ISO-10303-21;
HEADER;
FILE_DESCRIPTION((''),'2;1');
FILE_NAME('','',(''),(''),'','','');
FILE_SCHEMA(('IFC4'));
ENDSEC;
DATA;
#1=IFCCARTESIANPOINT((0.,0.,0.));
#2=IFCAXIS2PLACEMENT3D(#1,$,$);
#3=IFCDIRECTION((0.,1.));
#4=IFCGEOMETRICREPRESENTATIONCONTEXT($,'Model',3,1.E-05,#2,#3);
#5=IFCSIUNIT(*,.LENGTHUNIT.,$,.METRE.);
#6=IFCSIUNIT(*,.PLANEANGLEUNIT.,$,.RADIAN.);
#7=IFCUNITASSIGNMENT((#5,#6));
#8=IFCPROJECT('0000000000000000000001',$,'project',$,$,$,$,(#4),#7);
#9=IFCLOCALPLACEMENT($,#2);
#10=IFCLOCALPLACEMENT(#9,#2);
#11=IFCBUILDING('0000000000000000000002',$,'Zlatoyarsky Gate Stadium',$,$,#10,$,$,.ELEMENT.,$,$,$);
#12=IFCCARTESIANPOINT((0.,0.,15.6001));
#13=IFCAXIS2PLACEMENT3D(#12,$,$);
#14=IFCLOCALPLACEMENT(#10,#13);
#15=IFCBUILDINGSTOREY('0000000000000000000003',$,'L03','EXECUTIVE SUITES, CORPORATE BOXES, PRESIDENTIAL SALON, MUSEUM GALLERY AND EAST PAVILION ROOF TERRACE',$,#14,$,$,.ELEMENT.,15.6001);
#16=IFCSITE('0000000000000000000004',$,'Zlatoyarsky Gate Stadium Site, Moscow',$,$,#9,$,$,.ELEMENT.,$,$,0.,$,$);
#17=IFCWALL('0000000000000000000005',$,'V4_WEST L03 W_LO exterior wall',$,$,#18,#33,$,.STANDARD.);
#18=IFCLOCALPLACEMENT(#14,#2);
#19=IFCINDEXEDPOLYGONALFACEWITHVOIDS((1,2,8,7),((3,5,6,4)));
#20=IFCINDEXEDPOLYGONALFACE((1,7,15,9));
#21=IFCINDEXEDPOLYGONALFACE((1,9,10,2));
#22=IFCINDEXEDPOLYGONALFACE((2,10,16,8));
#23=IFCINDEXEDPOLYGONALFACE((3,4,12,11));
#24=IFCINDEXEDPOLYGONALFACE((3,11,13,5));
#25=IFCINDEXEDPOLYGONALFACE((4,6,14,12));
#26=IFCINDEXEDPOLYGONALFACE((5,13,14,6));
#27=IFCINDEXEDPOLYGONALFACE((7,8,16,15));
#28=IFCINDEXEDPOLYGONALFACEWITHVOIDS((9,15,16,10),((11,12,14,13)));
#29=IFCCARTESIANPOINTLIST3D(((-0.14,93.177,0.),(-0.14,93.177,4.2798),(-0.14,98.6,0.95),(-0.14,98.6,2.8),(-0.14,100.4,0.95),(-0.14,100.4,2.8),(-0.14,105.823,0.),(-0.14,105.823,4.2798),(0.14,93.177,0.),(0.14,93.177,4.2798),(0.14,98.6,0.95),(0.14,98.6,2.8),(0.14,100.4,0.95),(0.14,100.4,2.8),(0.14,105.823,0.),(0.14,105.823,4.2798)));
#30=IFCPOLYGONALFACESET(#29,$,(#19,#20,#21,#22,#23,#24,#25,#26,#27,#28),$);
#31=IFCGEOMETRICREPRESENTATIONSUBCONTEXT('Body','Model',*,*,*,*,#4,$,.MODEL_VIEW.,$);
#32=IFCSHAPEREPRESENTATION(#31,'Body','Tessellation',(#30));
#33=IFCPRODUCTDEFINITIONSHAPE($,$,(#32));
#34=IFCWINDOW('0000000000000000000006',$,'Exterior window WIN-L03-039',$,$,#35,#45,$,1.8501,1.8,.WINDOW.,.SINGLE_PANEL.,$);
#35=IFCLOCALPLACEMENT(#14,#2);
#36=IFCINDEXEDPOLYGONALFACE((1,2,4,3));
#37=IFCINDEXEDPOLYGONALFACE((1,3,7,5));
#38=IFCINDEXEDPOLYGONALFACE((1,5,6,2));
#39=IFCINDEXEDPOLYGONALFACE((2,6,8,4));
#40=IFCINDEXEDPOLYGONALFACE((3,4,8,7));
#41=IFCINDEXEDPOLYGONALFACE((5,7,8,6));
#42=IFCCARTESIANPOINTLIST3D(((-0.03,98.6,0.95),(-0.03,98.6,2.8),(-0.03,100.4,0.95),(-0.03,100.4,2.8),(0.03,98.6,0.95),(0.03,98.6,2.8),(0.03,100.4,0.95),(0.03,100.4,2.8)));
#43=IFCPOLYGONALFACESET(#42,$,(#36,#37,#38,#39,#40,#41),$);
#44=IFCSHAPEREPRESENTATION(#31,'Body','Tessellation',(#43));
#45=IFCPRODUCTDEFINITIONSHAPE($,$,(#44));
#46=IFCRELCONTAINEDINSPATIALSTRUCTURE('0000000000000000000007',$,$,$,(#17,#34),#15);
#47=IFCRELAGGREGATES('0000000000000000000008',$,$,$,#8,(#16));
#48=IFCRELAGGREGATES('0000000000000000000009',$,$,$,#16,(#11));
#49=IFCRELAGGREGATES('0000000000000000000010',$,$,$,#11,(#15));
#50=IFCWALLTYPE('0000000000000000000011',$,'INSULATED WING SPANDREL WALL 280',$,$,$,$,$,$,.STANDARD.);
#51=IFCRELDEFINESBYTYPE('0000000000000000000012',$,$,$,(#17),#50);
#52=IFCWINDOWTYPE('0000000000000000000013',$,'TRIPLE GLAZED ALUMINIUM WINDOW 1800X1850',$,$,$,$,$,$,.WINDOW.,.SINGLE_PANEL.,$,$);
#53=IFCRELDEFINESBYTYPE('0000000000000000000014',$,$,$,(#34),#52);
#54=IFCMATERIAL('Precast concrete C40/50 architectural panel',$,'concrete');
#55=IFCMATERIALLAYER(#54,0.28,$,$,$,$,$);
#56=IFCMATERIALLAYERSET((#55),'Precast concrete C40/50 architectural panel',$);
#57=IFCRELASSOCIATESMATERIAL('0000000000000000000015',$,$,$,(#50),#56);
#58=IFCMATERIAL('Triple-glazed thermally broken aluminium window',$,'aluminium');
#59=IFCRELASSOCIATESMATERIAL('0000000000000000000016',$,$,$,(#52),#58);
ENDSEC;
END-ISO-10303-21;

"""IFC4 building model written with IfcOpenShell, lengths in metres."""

from ifc_helpers import new_model, si_unit, direction, frame, frame_2d, origin, place, context, subcontext, project, spatial, rectangle, extrude, material, layer, layer_set, type_object, element, fill, save


model = new_model("IFC4")

# Units and contexts
model_context = context("Model", 3, precision=1e-05, world=origin(), true_north=direction((0.0, 1.0)))
body_context = subcontext(model_context, "Body", "Model", "MODEL_VIEW")
ifc_project = project(units=[si_unit("LENGTHUNIT", "METRE"), si_unit("PLANEANGLEUNIT", "RADIAN")], contexts=[model_context])

# Site, building, storey
site_placement = place(None, origin())
site = spatial("IfcSite", under=ifc_project, at=site_placement, Name="Zlatoyarsky Gate Stadium Site, Moscow", CompositionType="ELEMENT", RefElevation=0.0)
building_placement = place(site_placement, origin())
building = spatial("IfcBuilding", under=site, at=building_placement, Name="Zlatoyarsky Gate Stadium", CompositionType="ELEMENT")
storey_placement = place(building_placement, frame((0.0, 0.0, 15.6001)))
storey = spatial("IfcBuildingStorey", under=building, at=storey_placement, Name="L03", Description="EXECUTIVE SUITES, CORPORATE BOXES, PRESIDENTIAL SALON, MUSEUM GALLERY AND EAST PAVILION ROOF TERRACE", CompositionType="ELEMENT", Elevation=15.6001)

# Wall, opening, window
ifc_material_1 = material(Name="Precast concrete C40/50 architectural panel", Category="concrete")
ifc_layer_1 = layer(ifc_material_1, 0.28)
ifc_layer_set_1 = layer_set([ifc_layer_1], Name="Precast concrete C40/50 architectural panel")
wall_type = type_object("IfcWallType", Name="INSULATED WING SPANDREL WALL 280", PredefinedType="STANDARD", material=ifc_layer_set_1)
wall_placement = place(storey_placement, frame((0.0, 93.177, 0.0), z_axis=(0.0, 0.0, 1.0), x_axis=(0.0, 1.0, 0.0)))
wall = element("IfcWall", 1, at=wall_placement, inside=storey, type_object=wall_type, Name="V4_WEST L03 W_LO exterior wall", PredefinedType="STANDARD", context=body_context, shape_type="SweptSolid", body=[
    extrude(rectangle(XDim=12.646, YDim=0.28, at=frame_2d((6.323, 0.0))), origin(), (0.0, 0.0, 1.0), 4.2798),
])
opening_placement = place(wall_placement, frame((5.4231, 0.0, 0.95)))
opening = element("IfcOpeningElement", 2, at=opening_placement, cuts=wall, PredefinedType="OPENING", context=body_context, shape_type="SweptSolid", body=[
    extrude(rectangle(XDim=1.8, YDim=1.8501, at=frame_2d((0.8999, 0.925))), frame((0.0, 0.1499, 0.0), z_axis=(0.0, -1.0, 0.0), x_axis=(1.0, 0.0, 0.0)), (0.0, 0.0, 1.0), 0.3),
])
ifc_material_2 = material(Name="Triple-glazed thermally broken aluminium window", Category="aluminium")
window_type = type_object("IfcWindowType", Name="TRIPLE GLAZED ALUMINIUM WINDOW 1800X1850", PartitioningType="SINGLE_PANEL", PredefinedType="WINDOW", material=ifc_material_2)
window_placement = place(opening_placement, origin())
window = element("IfcWindow", 3, at=window_placement, inside=storey, type_object=window_type, Name="Exterior window WIN-L03-039", OverallHeight=1.8501, OverallWidth=1.8, PartitioningType="SINGLE_PANEL", PredefinedType="WINDOW", context=body_context, shape_type="SweptSolid", body=[
    extrude(rectangle(XDim=1.8, YDim=1.8501, at=frame_2d((0.8999, 0.925))), frame((0.0, 0.03, 0.0), z_axis=(0.0, -1.0, 0.0), x_axis=(1.0, 0.0, 0.0)), (0.0, 0.0, 1.0), 0.0601),
])
fill(opening, window)

save(model, "model.ifc")
